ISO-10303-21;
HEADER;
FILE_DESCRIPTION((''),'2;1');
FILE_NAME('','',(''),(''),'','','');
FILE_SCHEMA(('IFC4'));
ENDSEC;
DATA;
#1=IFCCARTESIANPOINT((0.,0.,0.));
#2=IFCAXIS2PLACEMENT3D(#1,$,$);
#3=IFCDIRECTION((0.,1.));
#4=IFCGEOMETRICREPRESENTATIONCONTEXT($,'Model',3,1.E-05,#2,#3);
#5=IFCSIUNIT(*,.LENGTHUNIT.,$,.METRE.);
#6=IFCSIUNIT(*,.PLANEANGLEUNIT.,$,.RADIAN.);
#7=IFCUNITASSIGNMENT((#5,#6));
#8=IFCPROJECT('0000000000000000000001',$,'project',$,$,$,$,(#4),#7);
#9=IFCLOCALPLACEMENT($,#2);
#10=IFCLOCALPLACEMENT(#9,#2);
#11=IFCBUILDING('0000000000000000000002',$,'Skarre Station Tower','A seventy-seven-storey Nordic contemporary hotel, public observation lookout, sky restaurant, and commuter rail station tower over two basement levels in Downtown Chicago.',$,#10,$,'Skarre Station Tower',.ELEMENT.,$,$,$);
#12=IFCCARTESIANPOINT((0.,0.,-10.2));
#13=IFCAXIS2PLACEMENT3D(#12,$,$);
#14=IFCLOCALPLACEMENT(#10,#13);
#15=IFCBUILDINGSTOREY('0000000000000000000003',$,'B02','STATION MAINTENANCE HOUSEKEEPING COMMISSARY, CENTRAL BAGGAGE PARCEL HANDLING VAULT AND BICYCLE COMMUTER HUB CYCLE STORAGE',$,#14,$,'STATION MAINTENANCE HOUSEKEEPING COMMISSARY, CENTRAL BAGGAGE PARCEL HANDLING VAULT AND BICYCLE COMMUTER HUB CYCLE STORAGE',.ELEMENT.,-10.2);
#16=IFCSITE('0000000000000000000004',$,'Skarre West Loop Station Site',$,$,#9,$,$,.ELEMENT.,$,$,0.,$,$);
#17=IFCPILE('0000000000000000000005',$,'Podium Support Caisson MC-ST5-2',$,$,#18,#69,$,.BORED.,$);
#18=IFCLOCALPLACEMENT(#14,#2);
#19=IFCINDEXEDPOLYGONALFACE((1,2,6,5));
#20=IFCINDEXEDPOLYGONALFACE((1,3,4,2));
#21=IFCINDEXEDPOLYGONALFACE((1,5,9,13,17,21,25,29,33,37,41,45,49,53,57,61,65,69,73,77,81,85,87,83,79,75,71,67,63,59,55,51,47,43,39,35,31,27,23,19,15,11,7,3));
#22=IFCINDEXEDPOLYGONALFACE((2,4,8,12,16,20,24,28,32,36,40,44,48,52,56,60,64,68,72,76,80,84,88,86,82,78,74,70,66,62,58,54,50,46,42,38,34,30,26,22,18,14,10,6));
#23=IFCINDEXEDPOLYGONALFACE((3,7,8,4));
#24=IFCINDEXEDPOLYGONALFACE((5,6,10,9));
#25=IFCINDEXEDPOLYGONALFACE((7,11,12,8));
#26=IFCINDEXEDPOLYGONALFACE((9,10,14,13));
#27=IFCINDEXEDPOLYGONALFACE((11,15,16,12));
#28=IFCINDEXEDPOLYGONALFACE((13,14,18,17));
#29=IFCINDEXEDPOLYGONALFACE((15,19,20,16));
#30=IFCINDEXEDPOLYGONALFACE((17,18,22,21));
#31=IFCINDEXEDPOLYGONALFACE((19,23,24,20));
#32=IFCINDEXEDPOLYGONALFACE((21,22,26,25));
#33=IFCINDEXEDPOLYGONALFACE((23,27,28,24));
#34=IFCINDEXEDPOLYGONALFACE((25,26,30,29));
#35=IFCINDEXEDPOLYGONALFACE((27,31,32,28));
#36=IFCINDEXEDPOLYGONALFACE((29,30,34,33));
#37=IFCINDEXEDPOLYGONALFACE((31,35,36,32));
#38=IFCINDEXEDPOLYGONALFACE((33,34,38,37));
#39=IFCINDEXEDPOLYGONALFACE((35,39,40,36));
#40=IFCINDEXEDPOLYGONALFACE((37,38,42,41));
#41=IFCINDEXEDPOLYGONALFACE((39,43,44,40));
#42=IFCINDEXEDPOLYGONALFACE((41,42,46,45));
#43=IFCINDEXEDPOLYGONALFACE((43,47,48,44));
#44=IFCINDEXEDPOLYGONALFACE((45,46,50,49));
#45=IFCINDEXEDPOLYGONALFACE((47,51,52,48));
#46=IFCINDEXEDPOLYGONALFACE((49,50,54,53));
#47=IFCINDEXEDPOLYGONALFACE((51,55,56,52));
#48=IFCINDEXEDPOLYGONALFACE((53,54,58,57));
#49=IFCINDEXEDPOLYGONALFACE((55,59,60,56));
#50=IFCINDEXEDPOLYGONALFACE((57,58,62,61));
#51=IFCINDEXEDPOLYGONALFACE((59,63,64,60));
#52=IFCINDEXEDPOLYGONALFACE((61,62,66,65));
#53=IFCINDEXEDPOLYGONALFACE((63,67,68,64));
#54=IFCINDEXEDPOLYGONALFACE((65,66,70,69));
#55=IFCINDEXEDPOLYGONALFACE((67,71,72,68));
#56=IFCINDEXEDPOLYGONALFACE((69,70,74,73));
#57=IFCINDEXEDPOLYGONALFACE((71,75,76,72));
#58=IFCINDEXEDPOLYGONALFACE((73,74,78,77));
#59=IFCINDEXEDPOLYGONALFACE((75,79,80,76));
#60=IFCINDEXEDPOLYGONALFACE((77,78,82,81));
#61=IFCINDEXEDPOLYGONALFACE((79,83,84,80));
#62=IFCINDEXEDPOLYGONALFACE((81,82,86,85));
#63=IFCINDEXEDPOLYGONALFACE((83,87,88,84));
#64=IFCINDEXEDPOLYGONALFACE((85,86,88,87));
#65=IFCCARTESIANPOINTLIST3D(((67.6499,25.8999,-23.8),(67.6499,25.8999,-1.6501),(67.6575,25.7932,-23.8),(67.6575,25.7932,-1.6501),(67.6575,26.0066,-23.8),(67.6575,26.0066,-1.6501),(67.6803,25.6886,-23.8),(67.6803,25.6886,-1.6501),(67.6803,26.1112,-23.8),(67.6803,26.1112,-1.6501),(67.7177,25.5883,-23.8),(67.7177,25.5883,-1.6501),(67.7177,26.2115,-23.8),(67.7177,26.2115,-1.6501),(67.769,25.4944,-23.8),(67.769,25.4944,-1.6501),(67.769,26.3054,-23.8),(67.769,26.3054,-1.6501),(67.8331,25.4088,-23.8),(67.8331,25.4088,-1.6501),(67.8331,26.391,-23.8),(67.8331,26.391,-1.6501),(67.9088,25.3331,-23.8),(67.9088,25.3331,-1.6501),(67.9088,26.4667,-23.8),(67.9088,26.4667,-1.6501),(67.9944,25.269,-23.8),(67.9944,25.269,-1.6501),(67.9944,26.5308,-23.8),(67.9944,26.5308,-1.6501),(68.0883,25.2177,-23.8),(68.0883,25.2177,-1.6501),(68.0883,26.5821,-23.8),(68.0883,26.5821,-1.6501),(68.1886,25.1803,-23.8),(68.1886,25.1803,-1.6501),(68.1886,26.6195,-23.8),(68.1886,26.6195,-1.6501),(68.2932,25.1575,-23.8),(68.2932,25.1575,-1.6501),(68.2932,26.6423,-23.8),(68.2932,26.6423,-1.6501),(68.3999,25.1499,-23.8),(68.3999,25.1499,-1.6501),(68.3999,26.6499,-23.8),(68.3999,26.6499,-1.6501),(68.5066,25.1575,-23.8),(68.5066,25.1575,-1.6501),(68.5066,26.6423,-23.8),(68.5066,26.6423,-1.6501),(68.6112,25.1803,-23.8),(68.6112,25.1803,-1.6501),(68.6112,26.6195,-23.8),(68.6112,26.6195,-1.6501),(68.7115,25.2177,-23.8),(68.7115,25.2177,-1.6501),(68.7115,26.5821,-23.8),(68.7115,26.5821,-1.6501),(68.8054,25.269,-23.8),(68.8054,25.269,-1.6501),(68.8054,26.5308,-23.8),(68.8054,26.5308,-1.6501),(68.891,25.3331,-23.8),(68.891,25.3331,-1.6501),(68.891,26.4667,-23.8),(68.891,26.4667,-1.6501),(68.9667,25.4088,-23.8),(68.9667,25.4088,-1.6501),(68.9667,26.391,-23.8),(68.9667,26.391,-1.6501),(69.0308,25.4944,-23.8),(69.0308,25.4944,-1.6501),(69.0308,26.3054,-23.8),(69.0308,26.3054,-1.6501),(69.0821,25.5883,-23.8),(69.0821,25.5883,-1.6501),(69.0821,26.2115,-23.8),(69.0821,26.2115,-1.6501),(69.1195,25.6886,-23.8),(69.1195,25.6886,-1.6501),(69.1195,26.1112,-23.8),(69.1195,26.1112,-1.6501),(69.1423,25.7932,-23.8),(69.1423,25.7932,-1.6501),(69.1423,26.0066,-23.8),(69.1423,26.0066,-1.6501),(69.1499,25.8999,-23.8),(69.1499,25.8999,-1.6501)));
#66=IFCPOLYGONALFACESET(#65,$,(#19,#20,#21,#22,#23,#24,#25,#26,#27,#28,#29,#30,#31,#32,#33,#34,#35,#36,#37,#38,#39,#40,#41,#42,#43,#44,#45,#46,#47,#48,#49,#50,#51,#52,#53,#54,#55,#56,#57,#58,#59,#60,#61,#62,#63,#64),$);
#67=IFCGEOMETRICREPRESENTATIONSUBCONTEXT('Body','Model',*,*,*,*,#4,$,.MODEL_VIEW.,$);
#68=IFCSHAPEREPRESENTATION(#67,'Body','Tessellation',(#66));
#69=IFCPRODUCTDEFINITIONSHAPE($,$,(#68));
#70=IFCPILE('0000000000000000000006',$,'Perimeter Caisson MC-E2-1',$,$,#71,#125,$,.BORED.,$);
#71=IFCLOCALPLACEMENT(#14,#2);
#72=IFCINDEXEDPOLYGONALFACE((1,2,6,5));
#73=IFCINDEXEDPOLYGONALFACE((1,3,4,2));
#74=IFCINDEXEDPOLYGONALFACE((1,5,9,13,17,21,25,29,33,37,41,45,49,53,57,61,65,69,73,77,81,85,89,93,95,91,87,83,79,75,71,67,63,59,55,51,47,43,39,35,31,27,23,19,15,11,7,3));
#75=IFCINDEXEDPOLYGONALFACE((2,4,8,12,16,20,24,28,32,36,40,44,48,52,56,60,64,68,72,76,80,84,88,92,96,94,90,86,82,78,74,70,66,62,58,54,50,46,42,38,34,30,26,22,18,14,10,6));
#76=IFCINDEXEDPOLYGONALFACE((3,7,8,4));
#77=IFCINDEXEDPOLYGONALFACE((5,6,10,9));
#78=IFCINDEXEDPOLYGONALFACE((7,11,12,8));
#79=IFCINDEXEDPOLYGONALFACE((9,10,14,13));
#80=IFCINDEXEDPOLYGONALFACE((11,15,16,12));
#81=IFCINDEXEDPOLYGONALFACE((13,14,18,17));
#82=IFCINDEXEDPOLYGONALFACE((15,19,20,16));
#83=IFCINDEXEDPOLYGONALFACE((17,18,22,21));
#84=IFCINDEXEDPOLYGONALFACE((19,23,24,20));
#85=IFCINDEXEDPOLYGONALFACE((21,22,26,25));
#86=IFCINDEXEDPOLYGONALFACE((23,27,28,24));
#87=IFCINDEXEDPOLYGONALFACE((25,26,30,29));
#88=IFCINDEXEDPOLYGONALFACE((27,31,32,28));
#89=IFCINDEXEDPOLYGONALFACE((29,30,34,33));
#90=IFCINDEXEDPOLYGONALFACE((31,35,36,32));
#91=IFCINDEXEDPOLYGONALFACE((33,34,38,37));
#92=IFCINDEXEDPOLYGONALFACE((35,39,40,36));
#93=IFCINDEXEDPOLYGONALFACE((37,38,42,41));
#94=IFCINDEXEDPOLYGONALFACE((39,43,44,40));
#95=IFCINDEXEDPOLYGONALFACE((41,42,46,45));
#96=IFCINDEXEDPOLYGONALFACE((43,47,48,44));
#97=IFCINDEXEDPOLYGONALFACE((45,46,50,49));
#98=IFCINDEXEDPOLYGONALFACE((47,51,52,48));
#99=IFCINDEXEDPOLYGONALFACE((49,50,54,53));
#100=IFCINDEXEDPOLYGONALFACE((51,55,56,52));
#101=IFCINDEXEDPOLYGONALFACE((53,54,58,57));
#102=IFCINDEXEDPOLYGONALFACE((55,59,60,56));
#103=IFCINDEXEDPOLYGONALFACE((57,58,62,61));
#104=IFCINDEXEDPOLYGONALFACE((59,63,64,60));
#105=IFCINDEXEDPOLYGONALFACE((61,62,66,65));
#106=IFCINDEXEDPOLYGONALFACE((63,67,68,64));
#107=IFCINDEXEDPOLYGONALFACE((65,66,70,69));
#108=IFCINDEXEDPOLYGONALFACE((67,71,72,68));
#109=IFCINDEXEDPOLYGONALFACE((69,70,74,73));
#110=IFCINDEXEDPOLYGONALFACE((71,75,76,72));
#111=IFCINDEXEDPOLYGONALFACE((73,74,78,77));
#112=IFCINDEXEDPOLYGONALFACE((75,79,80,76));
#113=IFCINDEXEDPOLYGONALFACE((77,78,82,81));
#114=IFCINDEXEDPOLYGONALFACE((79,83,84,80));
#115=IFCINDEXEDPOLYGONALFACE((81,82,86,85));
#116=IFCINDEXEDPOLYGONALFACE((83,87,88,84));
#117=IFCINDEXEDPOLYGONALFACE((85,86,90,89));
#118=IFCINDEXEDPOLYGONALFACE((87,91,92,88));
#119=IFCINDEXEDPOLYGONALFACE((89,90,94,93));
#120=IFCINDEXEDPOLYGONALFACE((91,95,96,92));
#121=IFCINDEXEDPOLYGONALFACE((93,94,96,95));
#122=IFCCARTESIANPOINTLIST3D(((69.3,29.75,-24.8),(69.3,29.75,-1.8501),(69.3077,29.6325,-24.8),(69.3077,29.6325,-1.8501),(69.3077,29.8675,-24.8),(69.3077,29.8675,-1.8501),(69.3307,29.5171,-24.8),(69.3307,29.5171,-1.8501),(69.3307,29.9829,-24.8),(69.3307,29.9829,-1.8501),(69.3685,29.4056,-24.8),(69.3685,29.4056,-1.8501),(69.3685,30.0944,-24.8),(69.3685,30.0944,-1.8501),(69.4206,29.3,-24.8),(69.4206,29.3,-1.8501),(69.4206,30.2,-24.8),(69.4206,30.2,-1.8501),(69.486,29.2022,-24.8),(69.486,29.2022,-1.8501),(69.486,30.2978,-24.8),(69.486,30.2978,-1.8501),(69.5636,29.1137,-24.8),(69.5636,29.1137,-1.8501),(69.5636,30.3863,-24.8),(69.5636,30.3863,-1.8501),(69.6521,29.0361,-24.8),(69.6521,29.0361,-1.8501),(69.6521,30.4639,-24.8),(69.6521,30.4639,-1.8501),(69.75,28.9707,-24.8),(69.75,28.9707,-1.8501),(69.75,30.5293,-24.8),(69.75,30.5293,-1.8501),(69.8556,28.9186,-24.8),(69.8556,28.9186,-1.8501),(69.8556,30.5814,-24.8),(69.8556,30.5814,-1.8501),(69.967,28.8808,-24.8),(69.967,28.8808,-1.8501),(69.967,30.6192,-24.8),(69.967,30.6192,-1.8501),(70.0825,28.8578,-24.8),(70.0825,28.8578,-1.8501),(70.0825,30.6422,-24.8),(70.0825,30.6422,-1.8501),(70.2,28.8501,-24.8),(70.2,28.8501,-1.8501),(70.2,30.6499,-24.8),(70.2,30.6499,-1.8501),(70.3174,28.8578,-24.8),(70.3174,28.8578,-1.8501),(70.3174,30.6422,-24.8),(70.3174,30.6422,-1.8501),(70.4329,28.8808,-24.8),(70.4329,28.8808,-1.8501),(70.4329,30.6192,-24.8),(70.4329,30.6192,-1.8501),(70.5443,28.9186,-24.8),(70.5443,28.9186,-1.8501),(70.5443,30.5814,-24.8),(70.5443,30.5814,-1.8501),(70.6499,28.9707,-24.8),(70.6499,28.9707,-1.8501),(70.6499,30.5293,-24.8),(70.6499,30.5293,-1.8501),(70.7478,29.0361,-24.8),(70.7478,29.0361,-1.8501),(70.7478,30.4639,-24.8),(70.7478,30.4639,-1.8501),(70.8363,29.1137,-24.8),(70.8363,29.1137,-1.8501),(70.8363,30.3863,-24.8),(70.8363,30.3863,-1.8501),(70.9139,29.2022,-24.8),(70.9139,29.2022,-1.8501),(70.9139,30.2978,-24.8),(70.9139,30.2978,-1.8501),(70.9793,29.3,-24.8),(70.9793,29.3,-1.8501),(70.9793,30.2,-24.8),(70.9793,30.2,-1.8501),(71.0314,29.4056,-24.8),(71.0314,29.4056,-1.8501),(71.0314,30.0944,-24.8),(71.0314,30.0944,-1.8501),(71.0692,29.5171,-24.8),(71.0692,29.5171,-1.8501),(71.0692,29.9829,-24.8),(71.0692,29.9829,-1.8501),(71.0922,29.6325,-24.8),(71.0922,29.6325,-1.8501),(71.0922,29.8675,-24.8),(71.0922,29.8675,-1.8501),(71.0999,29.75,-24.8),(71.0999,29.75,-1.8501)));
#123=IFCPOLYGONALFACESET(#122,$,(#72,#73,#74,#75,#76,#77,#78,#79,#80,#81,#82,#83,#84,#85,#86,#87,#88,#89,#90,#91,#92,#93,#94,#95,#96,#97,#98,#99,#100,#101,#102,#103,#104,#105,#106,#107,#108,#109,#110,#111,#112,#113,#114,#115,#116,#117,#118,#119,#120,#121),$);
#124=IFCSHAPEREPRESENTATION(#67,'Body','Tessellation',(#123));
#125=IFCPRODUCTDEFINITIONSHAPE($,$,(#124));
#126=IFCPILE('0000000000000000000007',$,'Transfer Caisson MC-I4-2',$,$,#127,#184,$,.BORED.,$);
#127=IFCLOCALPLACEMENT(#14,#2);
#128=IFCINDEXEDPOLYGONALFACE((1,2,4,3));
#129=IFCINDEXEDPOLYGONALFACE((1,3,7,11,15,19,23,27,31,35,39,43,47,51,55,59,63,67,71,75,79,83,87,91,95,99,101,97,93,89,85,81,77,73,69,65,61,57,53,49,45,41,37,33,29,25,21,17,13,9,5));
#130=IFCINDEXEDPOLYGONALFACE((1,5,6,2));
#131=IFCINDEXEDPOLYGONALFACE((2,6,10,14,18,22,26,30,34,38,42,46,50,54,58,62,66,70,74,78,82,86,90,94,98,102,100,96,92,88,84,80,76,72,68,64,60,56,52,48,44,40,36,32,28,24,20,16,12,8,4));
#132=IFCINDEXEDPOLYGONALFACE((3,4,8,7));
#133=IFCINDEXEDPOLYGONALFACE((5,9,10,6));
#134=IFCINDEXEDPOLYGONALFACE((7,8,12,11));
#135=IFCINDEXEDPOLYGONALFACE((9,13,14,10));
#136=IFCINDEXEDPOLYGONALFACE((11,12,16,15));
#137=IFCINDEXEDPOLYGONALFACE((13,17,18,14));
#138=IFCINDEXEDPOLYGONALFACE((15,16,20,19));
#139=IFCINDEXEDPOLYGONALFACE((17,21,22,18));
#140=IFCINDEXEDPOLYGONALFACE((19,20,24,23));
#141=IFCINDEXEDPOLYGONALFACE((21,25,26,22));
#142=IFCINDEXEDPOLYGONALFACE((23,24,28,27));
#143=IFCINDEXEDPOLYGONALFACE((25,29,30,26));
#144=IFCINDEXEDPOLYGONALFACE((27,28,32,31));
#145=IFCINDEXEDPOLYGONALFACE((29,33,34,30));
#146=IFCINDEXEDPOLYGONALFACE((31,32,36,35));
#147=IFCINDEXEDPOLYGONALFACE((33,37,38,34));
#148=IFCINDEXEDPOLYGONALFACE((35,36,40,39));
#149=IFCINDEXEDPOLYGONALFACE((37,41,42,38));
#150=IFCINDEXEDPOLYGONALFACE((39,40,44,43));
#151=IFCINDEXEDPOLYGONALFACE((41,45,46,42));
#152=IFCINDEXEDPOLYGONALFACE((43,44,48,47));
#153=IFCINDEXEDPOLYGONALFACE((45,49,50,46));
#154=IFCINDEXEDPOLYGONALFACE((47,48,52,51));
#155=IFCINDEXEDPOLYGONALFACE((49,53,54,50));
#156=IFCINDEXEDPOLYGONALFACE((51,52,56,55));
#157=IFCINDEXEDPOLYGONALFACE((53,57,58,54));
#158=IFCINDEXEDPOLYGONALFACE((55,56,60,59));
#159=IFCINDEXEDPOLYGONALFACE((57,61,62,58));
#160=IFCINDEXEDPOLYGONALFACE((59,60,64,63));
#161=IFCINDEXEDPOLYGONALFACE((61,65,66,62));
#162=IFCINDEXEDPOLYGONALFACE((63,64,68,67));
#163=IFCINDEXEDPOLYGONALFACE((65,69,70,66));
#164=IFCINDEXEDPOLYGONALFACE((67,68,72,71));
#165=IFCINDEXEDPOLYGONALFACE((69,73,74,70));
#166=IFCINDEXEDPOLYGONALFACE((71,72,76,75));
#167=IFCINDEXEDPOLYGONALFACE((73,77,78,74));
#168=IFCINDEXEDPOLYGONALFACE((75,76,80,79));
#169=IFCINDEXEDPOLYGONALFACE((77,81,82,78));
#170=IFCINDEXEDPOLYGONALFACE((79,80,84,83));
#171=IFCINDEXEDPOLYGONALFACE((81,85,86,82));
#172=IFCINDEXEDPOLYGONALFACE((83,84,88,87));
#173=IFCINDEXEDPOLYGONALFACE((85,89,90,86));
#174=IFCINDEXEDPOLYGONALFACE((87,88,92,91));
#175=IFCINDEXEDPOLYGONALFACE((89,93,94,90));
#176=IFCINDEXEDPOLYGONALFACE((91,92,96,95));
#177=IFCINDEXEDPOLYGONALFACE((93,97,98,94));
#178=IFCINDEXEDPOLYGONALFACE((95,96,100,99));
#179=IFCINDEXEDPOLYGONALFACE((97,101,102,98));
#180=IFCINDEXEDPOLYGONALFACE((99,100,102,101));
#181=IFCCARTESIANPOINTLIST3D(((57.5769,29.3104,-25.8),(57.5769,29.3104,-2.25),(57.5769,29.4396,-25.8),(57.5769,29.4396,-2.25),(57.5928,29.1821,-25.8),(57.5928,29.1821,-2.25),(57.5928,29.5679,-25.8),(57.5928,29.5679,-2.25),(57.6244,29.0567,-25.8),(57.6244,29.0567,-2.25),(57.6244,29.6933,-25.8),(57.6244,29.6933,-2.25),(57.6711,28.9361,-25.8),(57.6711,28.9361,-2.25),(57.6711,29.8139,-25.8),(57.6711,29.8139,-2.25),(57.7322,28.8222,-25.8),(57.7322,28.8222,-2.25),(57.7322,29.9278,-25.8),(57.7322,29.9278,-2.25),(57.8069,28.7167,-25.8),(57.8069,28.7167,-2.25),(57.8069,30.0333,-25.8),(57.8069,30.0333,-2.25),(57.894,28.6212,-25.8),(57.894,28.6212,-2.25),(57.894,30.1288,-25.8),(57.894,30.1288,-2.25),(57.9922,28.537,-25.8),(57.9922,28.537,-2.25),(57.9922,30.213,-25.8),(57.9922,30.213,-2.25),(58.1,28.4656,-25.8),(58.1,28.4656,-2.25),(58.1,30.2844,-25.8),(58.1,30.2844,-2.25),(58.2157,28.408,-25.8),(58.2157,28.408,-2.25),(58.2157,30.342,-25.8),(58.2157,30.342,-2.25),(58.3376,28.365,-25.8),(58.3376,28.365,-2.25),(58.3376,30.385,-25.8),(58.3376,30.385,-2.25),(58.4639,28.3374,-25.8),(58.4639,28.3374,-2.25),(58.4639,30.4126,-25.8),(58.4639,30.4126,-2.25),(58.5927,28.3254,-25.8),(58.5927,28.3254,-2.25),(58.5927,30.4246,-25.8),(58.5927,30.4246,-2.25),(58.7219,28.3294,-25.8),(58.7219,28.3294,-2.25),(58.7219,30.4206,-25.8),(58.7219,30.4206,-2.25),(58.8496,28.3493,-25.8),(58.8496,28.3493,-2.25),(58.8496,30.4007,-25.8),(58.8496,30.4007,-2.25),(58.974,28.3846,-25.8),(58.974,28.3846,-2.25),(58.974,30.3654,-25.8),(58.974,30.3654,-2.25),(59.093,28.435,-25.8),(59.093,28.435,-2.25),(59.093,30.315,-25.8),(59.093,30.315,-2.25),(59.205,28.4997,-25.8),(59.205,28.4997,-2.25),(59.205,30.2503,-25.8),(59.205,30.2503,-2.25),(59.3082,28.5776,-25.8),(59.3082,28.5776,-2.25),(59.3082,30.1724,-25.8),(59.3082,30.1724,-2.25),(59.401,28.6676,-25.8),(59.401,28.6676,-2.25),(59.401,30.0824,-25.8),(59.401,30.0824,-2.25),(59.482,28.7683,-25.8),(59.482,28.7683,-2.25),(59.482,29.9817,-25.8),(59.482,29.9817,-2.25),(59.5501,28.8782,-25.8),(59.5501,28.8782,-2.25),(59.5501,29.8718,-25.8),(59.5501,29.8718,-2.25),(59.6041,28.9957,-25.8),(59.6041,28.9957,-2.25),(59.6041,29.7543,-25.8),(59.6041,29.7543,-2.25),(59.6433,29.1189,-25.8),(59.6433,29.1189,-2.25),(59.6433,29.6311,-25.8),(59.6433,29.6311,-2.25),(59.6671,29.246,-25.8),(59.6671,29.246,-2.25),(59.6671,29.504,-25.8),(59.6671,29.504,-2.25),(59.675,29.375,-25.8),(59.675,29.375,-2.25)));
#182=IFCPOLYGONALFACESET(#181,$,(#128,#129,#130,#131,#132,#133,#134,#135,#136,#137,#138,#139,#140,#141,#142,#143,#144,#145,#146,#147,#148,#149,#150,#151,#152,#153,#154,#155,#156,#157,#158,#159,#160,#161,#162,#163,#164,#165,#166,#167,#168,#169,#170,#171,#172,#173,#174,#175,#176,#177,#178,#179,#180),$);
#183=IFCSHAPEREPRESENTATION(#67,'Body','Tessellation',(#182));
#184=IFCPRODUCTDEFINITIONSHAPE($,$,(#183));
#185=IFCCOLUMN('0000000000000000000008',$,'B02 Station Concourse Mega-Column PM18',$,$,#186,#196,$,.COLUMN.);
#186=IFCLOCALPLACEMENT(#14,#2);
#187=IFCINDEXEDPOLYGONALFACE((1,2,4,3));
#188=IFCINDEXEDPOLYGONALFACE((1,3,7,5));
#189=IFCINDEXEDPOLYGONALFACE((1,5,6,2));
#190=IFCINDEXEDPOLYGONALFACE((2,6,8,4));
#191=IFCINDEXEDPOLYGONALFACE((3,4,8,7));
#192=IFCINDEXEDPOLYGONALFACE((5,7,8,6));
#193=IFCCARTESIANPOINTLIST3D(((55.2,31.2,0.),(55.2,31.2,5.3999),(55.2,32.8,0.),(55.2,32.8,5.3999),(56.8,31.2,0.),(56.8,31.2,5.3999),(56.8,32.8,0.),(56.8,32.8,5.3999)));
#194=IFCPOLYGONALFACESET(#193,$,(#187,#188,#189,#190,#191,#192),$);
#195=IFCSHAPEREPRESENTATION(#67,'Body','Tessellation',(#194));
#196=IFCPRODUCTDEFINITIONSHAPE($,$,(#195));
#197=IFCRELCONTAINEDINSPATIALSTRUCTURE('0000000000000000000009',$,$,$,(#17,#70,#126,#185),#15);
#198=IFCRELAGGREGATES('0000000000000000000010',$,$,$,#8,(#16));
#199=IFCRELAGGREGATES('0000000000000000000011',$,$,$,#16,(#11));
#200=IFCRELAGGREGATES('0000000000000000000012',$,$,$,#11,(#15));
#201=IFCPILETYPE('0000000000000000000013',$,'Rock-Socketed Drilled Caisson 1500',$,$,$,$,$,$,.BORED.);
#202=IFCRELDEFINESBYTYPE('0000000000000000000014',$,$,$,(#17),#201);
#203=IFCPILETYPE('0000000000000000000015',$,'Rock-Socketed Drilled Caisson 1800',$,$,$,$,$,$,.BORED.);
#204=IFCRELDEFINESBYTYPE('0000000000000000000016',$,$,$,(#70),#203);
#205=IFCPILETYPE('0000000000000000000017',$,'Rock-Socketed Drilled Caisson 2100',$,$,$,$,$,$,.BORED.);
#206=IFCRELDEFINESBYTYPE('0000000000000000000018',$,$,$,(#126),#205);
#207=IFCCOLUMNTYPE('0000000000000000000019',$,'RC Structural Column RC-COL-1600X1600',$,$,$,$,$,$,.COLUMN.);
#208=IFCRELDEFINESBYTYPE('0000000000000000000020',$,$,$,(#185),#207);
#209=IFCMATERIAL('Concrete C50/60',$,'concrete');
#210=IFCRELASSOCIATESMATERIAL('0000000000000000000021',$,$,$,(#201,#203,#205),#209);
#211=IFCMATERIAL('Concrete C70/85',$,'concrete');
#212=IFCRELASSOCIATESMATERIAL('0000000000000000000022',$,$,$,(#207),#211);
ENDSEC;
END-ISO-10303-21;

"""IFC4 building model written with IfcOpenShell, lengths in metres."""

from ifc_helpers import new_model, si_unit, direction, frame, origin, origin_2d, place, context, subcontext, project, spatial, rectangle, circle, extrude, material, material_profile, profile_set, type_object, element, save


model = new_model("IFC4")

# Units and contexts
model_context = context("Model", 3, precision=1e-05, world=origin(), true_north=direction((0.0, 1.0)))
body_context = subcontext(model_context, "Body", "Model", "MODEL_VIEW")
ifc_project = project(units=[si_unit("LENGTHUNIT", "METRE"), si_unit("PLANEANGLEUNIT", "RADIAN")], contexts=[model_context])

# Site, building, storey
site_placement = place(None, origin())
site = spatial("IfcSite", under=ifc_project, at=site_placement, Name="Skarre West Loop Station Site", CompositionType="ELEMENT", RefElevation=0.0)
building_placement = place(site_placement, origin())
building = spatial("IfcBuilding", under=site, at=building_placement, Name="Skarre Station Tower", Description="A seventy-seven-storey Nordic contemporary hotel, public observation lookout, sky restaurant, and commuter rail station tower over two basement levels in Downtown Chicago.", LongName="Skarre Station Tower", CompositionType="ELEMENT")
storey_placement = place(building_placement, frame((0.0, 0.0, -10.2)))
storey = spatial("IfcBuildingStorey", under=building, at=storey_placement, Name="B02", Description="STATION MAINTENANCE HOUSEKEEPING COMMISSARY, CENTRAL BAGGAGE PARCEL HANDLING VAULT AND BICYCLE COMMUTER HUB CYCLE STORAGE", LongName="STATION MAINTENANCE HOUSEKEEPING COMMISSARY, CENTRAL BAGGAGE PARCEL HANDLING VAULT AND BICYCLE COMMUTER HUB CYCLE STORAGE", CompositionType="ELEMENT", Elevation=-10.2)

# Shared definitions
ifc_material_1 = material(Name="Concrete C50/60", Category="concrete")

# Piles
ifc_material_profile_1 = material_profile(ifc_material_1, circle(Radius=0.75, at=origin_2d()), Name="Concrete C50/60")
ifc_profile_set_1 = profile_set([ifc_material_profile_1], Name="Concrete C50/60")
pile_type_1 = type_object("IfcPileType", Name="Rock-Socketed Drilled Caisson 1500", PredefinedType="BORED", material=ifc_profile_set_1)
for number, where, z_axis, x_axis, name in (
    (1, (68.3999, 25.8999, -1.6501), (0.0, 0.0, -1.0), (1.0, 0.0, 0.0), "Podium Support Caisson MC-ST5-2"),
):
    element("IfcPile", number, at=place(storey_placement, frame(where, z_axis=z_axis, x_axis=x_axis)), inside=storey, type_object=pile_type_1, Name=name, PredefinedType="BORED", context=body_context, shape_type="SweptSolid", body=[
        extrude(circle(Radius=0.75, at=origin_2d()), origin(), (0.0, 0.0, 1.0), 22.1499),
    ])
ifc_material_profile_2 = material_profile(ifc_material_1, circle(Radius=0.8999, at=origin_2d()), Name="Concrete C50/60")
ifc_profile_set_2 = profile_set([ifc_material_profile_2], Name="Concrete C50/60")
pile_type_2 = type_object("IfcPileType", Name="Rock-Socketed Drilled Caisson 1800", PredefinedType="BORED", material=ifc_profile_set_2)
pile_1_placement = place(storey_placement, frame((70.2, 29.75, -1.8501), z_axis=(0.0, 0.0, -1.0), x_axis=(1.0, 0.0, 0.0)))
element("IfcPile", 2, at=pile_1_placement, inside=storey, type_object=pile_type_2, Name="Perimeter Caisson MC-E2-1", PredefinedType="BORED", context=body_context, shape_type="SweptSolid", body=[
    extrude(circle(Radius=0.8999, at=origin_2d()), origin(), (0.0, 0.0, 1.0), 22.95),
])
ifc_material_profile_3 = material_profile(ifc_material_1, circle(Radius=1.05, at=origin_2d()), Name="Concrete C50/60")
ifc_profile_set_3 = profile_set([ifc_material_profile_3], Name="Concrete C50/60")
pile_type_3 = type_object("IfcPileType", Name="Rock-Socketed Drilled Caisson 2100", PredefinedType="BORED", material=ifc_profile_set_3)
pile_2_placement = place(storey_placement, frame((58.625, 29.375, -2.25), z_axis=(0.0, 0.0, -1.0), x_axis=(1.0, 0.0, 0.0)))
element("IfcPile", 3, at=pile_2_placement, inside=storey, type_object=pile_type_3, Name="Transfer Caisson MC-I4-2", PredefinedType="BORED", context=body_context, shape_type="SweptSolid", body=[
    extrude(circle(Radius=1.05, at=origin_2d()), origin(), (0.0, 0.0, 1.0), 23.55),
])

# Column
ifc_material_2 = material(Name="Concrete C70/85", Category="concrete")
ifc_material_profile_4 = material_profile(ifc_material_2, rectangle(XDim=1.6001, YDim=1.6001, at=origin_2d()), Name="Concrete C70/85")
ifc_profile_set_4 = profile_set([ifc_material_profile_4], Name="Concrete C70/85")
column_type = type_object("IfcColumnType", Name="RC Structural Column RC-COL-1600X1600", PredefinedType="COLUMN", material=ifc_profile_set_4)
for number, where, z_axis, x_axis, name in (
    (4, (56.0, 32.0, 0.0), (0.0, 0.0, 1.0), (1.0, 0.0, 0.0), "B02 Station Concourse Mega-Column PM18"),
):
    element("IfcColumn", number, at=place(storey_placement, frame(where, z_axis=z_axis, x_axis=x_axis)), inside=storey, type_object=column_type, Name=name, PredefinedType="COLUMN", context=body_context, shape_type="SweptSolid", body=[
        extrude(rectangle(XDim=1.6001, YDim=1.6001, at=origin_2d()), origin(), (0.0, 0.0, 1.0), 5.3999),
    ])

save(model, "model.ifc")
